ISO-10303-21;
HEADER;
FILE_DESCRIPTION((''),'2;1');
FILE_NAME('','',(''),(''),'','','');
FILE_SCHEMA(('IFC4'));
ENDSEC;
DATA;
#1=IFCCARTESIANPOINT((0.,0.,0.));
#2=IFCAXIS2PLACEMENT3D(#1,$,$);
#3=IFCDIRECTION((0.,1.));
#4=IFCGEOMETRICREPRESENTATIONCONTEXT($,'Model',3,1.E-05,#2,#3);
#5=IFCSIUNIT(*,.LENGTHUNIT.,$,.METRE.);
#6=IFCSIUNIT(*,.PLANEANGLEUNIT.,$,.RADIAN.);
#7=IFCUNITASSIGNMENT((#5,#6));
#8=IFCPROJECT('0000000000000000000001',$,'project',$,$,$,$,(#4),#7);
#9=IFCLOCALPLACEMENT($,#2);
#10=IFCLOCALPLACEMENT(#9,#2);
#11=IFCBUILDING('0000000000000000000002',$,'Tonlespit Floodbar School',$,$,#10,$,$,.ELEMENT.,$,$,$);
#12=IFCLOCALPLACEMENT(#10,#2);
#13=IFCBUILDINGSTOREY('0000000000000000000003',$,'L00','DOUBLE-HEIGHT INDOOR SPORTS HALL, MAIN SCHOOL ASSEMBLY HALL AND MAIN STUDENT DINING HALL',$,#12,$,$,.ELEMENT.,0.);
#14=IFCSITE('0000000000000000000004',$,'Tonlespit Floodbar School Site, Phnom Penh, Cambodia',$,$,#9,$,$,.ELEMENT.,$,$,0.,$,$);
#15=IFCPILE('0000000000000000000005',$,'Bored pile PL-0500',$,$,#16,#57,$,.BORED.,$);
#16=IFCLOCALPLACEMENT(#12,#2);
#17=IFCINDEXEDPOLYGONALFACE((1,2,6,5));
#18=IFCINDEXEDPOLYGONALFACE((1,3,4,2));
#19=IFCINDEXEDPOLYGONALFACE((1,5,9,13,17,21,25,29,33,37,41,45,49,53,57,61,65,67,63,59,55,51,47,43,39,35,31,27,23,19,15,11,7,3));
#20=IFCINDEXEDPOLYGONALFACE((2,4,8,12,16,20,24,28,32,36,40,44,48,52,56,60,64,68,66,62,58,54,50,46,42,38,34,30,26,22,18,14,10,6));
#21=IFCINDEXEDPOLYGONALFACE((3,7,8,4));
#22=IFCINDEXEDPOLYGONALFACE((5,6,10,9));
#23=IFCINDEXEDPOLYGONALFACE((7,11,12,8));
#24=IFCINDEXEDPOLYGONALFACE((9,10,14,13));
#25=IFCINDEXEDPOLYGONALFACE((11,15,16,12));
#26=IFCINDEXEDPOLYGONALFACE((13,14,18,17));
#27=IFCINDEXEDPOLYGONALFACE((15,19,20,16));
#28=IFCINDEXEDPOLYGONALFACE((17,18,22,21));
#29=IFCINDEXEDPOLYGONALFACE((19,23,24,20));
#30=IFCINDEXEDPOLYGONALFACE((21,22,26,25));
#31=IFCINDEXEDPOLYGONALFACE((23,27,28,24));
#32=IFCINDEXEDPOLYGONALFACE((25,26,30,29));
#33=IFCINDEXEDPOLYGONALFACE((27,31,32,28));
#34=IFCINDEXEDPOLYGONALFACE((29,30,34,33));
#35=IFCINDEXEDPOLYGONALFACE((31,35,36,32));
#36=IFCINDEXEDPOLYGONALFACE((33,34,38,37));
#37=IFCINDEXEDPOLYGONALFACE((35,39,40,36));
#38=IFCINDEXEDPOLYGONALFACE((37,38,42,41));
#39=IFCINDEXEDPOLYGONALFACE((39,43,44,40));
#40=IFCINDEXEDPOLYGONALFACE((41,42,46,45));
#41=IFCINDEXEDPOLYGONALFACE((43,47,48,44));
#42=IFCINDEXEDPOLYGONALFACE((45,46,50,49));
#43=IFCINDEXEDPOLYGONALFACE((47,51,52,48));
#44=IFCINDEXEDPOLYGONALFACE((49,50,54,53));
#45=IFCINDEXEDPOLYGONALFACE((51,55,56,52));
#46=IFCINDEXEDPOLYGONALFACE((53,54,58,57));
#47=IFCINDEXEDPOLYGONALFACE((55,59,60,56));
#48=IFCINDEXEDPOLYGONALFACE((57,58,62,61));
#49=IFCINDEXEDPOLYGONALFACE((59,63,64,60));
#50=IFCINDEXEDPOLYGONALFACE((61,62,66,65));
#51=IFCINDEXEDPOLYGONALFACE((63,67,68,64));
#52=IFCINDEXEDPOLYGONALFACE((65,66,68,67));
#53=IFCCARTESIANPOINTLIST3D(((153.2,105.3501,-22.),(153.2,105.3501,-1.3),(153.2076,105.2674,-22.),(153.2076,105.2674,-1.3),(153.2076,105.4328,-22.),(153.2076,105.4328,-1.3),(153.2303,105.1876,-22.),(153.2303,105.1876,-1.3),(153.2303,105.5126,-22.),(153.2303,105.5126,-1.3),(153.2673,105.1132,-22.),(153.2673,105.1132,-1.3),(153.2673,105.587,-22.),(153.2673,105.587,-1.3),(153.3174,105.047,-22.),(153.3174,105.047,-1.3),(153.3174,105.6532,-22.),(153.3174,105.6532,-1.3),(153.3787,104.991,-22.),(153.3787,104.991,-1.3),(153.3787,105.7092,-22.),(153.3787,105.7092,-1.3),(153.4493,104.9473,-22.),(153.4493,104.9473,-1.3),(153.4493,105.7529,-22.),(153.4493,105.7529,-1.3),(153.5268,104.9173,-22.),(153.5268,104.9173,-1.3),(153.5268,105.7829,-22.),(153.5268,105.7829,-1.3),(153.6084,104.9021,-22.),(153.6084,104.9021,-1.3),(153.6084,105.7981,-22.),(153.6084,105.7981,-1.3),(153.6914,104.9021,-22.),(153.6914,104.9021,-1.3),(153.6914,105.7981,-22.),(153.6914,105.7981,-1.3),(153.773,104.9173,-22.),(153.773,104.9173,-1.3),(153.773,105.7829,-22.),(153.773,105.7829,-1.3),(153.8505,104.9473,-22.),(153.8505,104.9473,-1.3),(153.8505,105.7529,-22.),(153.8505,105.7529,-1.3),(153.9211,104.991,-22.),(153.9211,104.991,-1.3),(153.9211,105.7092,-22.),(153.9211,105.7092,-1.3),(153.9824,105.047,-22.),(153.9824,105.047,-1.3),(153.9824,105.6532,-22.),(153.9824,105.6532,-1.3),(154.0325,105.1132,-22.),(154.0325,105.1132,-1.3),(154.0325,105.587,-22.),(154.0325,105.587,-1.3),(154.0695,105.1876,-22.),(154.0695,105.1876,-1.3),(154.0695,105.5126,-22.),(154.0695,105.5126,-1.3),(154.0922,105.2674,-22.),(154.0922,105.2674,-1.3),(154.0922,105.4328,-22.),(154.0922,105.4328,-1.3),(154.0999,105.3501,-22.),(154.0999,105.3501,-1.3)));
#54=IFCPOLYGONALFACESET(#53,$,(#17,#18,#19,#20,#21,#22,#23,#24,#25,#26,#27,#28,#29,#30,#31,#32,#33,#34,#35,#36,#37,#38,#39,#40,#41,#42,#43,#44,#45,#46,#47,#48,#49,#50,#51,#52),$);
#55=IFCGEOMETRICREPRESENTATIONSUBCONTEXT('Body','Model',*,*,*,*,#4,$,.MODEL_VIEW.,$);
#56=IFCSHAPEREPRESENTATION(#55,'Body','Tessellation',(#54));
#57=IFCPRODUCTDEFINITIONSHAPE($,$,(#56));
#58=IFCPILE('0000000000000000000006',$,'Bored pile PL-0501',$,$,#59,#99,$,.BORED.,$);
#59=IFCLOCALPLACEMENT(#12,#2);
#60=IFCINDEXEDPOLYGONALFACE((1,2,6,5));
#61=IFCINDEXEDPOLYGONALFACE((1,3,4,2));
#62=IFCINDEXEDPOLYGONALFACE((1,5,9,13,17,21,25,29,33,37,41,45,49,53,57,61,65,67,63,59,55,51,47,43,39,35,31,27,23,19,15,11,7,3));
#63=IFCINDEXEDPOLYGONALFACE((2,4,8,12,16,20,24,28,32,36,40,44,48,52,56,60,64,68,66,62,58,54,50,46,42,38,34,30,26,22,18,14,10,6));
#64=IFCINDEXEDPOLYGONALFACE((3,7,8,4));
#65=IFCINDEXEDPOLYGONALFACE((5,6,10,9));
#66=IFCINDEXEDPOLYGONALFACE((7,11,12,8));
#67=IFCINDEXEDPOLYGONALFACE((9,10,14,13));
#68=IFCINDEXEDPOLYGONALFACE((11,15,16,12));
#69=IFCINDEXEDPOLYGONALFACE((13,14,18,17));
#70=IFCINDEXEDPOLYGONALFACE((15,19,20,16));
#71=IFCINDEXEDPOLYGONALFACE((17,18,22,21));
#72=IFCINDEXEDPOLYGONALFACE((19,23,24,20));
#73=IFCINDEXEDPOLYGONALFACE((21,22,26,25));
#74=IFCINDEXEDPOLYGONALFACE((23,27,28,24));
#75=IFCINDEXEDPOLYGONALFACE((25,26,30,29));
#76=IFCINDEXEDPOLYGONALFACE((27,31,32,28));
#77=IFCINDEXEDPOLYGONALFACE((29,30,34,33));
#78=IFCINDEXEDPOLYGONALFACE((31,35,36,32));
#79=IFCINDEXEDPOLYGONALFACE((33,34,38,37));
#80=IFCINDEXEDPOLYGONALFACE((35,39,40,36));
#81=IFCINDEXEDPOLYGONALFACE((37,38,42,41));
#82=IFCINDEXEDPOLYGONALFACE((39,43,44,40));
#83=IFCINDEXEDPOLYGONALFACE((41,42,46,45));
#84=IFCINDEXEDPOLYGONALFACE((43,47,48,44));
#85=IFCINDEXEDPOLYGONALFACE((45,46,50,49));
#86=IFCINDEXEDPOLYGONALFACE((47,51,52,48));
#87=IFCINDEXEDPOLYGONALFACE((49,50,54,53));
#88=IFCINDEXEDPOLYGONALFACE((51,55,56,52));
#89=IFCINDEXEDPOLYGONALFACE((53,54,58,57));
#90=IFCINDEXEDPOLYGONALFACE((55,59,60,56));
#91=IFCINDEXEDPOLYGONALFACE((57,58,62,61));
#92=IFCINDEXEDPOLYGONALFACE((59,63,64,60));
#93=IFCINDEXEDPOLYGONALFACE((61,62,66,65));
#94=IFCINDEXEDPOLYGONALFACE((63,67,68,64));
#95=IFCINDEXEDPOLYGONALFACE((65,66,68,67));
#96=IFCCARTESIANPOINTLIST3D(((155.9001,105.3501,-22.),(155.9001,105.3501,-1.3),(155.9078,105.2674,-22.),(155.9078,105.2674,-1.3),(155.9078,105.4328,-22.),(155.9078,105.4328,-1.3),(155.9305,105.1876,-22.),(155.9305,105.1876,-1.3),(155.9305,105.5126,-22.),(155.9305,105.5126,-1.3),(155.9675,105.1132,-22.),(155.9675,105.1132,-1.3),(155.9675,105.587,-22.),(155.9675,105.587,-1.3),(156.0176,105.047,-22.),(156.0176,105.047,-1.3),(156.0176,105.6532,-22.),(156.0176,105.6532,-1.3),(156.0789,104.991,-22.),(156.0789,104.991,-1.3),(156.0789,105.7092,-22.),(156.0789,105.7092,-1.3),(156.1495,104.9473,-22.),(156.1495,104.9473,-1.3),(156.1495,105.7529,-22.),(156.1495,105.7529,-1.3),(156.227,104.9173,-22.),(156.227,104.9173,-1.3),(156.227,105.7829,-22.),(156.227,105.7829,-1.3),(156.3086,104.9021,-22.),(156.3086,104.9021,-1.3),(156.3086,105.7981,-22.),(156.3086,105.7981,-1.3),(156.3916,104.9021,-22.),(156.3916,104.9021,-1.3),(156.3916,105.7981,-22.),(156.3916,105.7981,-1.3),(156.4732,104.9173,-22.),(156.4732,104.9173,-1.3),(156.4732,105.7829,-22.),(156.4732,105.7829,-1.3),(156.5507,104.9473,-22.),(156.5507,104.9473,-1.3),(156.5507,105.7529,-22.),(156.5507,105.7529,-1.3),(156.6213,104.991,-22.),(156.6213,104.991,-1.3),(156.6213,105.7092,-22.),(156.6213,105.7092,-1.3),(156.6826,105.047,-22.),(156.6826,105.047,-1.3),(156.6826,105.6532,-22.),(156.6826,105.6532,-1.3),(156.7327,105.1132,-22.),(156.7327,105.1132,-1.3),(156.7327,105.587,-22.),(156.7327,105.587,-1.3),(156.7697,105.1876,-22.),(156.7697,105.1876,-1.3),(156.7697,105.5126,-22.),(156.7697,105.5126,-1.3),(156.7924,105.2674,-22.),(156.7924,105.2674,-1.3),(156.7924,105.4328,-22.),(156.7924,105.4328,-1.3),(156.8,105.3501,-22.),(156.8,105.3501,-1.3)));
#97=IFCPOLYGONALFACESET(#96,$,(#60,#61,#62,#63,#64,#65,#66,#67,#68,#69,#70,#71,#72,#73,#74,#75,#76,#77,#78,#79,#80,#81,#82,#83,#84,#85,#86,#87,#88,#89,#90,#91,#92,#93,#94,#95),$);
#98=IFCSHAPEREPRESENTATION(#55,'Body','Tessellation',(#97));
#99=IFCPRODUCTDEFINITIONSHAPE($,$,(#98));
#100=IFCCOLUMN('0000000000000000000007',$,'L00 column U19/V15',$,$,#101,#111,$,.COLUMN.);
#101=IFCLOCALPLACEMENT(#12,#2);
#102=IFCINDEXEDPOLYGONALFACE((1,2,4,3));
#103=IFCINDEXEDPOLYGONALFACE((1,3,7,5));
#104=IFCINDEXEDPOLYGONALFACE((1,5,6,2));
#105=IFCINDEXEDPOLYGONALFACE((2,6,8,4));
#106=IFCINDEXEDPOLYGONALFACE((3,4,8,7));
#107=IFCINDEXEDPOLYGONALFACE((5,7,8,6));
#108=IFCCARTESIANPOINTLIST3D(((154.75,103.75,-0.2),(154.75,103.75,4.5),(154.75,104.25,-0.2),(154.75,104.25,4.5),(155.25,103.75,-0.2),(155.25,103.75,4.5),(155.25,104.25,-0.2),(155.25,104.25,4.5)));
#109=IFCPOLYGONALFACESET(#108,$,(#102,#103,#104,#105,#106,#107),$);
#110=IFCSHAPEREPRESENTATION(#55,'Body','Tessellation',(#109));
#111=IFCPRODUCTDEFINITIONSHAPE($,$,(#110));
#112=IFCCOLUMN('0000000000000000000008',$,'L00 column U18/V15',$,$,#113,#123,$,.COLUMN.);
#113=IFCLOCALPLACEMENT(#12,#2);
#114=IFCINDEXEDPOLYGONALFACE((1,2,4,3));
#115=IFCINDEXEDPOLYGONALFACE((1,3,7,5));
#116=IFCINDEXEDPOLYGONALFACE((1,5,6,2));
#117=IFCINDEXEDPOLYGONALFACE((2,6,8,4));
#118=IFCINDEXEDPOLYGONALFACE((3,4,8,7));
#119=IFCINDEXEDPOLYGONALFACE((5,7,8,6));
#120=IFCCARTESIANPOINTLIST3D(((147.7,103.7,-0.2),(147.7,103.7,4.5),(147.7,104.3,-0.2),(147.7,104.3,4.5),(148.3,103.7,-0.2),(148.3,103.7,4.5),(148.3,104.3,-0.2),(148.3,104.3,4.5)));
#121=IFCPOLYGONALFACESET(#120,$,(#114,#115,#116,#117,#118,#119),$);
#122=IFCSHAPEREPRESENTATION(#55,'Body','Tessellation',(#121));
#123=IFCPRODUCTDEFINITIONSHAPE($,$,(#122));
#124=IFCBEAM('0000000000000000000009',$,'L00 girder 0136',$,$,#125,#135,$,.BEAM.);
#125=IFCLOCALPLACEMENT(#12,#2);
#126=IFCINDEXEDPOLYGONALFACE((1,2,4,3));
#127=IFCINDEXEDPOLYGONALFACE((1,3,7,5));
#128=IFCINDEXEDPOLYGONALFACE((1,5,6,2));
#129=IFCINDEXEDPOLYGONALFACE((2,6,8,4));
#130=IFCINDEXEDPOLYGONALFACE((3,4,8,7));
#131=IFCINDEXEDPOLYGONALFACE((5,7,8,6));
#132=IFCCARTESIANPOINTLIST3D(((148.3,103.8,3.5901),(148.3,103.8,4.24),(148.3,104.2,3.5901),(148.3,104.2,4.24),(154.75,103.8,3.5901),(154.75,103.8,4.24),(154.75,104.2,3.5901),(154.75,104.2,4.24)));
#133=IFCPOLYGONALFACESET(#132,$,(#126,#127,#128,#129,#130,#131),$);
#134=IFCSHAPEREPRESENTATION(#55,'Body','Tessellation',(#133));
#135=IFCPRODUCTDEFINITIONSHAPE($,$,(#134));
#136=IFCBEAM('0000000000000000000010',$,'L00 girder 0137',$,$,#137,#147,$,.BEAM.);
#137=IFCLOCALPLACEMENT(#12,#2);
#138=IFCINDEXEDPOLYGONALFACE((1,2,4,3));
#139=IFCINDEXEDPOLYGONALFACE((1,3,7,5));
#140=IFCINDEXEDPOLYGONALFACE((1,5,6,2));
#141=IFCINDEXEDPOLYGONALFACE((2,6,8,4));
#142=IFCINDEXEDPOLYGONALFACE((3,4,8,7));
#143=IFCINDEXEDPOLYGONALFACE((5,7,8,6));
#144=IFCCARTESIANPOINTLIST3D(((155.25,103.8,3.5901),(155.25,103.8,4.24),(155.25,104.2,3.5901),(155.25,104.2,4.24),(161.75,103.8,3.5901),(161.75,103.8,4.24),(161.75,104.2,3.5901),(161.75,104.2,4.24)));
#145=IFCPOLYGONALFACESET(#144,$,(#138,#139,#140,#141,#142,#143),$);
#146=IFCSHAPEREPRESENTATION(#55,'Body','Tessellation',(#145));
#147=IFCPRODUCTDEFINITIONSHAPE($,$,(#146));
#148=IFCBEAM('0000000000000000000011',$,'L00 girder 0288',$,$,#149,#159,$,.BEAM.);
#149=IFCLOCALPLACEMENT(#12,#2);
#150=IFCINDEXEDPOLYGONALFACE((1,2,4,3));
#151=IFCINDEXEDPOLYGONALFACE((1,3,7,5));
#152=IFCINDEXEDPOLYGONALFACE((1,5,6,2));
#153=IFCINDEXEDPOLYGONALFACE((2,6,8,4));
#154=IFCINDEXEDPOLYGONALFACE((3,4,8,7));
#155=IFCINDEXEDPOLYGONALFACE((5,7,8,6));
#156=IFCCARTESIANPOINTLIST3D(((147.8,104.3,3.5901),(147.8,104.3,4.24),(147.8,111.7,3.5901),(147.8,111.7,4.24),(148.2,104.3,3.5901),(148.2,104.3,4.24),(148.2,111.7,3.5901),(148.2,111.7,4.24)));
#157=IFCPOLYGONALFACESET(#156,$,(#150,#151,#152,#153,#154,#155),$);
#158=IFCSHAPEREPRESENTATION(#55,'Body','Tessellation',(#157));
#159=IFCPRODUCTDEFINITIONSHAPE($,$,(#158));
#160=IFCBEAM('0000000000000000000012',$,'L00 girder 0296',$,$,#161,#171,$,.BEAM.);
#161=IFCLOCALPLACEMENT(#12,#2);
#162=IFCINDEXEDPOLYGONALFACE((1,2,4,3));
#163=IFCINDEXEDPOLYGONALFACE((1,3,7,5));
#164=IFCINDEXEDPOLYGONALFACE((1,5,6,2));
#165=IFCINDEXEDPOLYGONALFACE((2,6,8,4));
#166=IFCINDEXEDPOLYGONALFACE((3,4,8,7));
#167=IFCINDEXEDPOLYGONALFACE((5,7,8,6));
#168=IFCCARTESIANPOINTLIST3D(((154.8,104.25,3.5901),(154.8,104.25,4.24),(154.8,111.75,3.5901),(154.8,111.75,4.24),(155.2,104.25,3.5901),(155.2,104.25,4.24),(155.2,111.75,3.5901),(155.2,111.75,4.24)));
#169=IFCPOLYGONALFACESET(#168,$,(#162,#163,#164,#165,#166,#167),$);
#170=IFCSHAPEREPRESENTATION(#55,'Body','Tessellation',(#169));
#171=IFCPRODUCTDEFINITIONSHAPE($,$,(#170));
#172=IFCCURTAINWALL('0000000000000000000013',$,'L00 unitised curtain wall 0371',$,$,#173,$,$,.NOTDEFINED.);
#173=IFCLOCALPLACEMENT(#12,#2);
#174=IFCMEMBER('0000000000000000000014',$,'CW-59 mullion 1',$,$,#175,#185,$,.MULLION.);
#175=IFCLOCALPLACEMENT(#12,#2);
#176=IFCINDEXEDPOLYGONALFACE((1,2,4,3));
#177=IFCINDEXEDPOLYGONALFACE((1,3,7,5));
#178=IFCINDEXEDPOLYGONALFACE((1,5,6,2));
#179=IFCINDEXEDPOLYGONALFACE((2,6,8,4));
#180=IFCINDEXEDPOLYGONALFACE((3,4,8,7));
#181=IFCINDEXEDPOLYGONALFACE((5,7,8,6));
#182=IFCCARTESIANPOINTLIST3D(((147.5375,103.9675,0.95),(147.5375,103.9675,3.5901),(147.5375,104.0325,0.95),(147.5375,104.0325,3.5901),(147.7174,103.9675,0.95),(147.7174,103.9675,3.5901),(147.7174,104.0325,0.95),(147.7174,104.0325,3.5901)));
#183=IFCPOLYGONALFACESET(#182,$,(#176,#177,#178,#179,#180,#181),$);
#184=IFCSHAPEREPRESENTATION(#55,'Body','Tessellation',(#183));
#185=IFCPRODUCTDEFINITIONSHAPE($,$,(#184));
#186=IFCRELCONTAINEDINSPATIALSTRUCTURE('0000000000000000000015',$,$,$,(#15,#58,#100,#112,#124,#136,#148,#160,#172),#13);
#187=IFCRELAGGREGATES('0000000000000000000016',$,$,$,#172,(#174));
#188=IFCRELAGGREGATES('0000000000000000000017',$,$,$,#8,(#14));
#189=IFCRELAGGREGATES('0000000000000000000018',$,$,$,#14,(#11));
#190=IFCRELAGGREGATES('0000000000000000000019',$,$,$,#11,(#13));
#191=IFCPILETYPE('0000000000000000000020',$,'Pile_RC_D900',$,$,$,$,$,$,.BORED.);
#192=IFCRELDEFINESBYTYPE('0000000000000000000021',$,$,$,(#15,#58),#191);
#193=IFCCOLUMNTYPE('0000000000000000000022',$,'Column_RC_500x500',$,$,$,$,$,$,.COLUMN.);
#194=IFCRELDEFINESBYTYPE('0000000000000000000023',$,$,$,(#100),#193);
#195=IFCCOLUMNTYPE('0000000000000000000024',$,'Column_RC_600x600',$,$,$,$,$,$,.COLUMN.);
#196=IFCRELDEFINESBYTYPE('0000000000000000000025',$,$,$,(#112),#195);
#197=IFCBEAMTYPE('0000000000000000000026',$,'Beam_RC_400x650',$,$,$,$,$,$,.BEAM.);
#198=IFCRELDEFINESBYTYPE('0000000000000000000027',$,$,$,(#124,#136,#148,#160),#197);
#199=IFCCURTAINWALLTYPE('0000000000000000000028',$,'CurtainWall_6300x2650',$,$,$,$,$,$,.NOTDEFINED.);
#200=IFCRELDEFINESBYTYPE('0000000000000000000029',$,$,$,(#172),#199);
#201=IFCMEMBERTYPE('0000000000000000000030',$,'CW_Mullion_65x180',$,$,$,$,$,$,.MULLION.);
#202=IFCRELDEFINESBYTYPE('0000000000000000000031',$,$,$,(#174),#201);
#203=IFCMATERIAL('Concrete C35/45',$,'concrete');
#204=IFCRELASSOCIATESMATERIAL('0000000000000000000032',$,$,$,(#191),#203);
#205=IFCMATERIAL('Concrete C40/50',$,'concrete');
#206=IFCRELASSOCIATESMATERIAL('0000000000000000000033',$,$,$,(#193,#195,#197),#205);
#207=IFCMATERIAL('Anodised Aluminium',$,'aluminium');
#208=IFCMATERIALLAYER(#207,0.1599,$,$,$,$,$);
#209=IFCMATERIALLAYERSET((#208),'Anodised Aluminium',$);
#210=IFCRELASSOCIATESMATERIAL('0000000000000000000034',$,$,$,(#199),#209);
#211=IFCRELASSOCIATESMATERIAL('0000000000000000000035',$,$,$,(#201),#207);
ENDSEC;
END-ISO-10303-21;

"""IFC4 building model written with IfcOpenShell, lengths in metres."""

from ifc_helpers import new_model, si_unit, direction, frame, origin, origin_2d, place, context, subcontext, project, spatial, rectangle, circle, extrude, material, layer, layer_set, material_profile, profile_set, type_object, element, aggregate, save


model = new_model("IFC4")

# Units and contexts
model_context = context("Model", 3, precision=1e-05, world=origin(), true_north=direction((0.0, 1.0)))
body_context = subcontext(model_context, "Body", "Model", "MODEL_VIEW")
ifc_project = project(units=[si_unit("LENGTHUNIT", "METRE"), si_unit("PLANEANGLEUNIT", "RADIAN")], contexts=[model_context])

# Site, building, storey
site_placement = place(None, origin())
site = spatial("IfcSite", under=ifc_project, at=site_placement, Name="Tonlespit Floodbar School Site, Phnom Penh, Cambodia", CompositionType="ELEMENT", RefElevation=0.0)
building_placement = place(site_placement, origin())
building = spatial("IfcBuilding", under=site, at=building_placement, Name="Tonlespit Floodbar School", CompositionType="ELEMENT")
storey_placement = place(building_placement, origin())
storey = spatial("IfcBuildingStorey", under=building, at=storey_placement, Name="L00", Description="DOUBLE-HEIGHT INDOOR SPORTS HALL, MAIN SCHOOL ASSEMBLY HALL AND MAIN STUDENT DINING HALL", CompositionType="ELEMENT", Elevation=0.0)

# Shared definitions
ifc_material_1 = material(Name="Concrete C40/50", Category="concrete")

# Piles
ifc_material_2 = material(Name="Concrete C35/45", Category="concrete")
ifc_material_profile_1 = material_profile(ifc_material_2, circle(Radius=0.45, at=origin_2d()), Name="BP D900")
ifc_profile_set_1 = profile_set([ifc_material_profile_1], Name="Concrete C35/45")
pile_type_1 = type_object("IfcPileType", Name="Pile_RC_D900", PredefinedType="BORED", material=ifc_profile_set_1)
for number, where, z_axis, x_axis, name in (
    (1, (153.6499, 105.3501, -1.3), (0.0, 0.0, -1.0), (1.0, 0.0, 0.0), "Bored pile PL-0500"),
    (2, (156.3501, 105.3501, -1.3), (0.0, 0.0, -1.0), (1.0, 0.0, 0.0), "Bored pile PL-0501"),
):
    element("IfcPile", number, at=place(storey_placement, frame(where, z_axis=z_axis, x_axis=x_axis)), inside=storey, type_object=pile_type_1, Name=name, PredefinedType="BORED", context=body_context, shape_type="SweptSolid", body=[
        extrude(circle(Radius=0.45, at=origin_2d()), origin(), (0.0, 0.0, 1.0), 20.7),
    ])

# Columns
ifc_material_profile_2 = material_profile(ifc_material_1, rectangle(XDim=0.5, YDim=0.5, at=origin_2d()), Name="RC 500x500")
ifc_profile_set_2 = profile_set([ifc_material_profile_2], Name="Concrete C40/50")
column_type_1 = type_object("IfcColumnType", Name="Column_RC_500x500", PredefinedType="COLUMN", material=ifc_profile_set_2)
column_1_placement = place(storey_placement, frame((155.0, 104.0, -0.2), z_axis=(0.0, 0.0, 1.0), x_axis=(1.0, 0.0, 0.0)))
element("IfcColumn", 3, at=column_1_placement, inside=storey, type_object=column_type_1, Name="L00 column U19/V15", PredefinedType="COLUMN", context=body_context, shape_type="SweptSolid", body=[
    extrude(rectangle(XDim=0.5, YDim=0.5, at=origin_2d()), origin(), (0.0, 0.0, 1.0), 4.7),
])
ifc_material_profile_3 = material_profile(ifc_material_1, rectangle(XDim=0.6001, YDim=0.6001, at=origin_2d()), Name="RC 600x600")
ifc_profile_set_3 = profile_set([ifc_material_profile_3], Name="Concrete C40/50")
column_type_2 = type_object("IfcColumnType", Name="Column_RC_600x600", PredefinedType="COLUMN", material=ifc_profile_set_3)
column_2_placement = place(storey_placement, frame((148.0, 104.0, -0.2), z_axis=(0.0, 0.0, 1.0), x_axis=(1.0, 0.0, 0.0)))
element("IfcColumn", 4, at=column_2_placement, inside=storey, type_object=column_type_2, Name="L00 column U18/V15", PredefinedType="COLUMN", context=body_context, shape_type="SweptSolid", body=[
    extrude(rectangle(XDim=0.6001, YDim=0.6001, at=origin_2d()), origin(), (0.0, 0.0, 1.0), 4.7),
])

# Beams
ifc_material_profile_4 = material_profile(ifc_material_1, rectangle(XDim=0.3999, YDim=0.6499, at=origin_2d()), Name="RC 400x650")
ifc_profile_set_4 = profile_set([ifc_material_profile_4], Name="Concrete C40/50")
beam_type_1 = type_object("IfcBeamType", Name="Beam_RC_400x650", PredefinedType="BEAM", material=ifc_profile_set_4)
beam_1_placement = place(storey_placement, frame((148.3, 104.0, 3.915), z_axis=(1.0, 0.0, 0.0), x_axis=(0.0, 1.0, 0.0)))
element("IfcBeam", 5, at=beam_1_placement, inside=storey, type_object=beam_type_1, Name="L00 girder 0136", PredefinedType="BEAM", context=body_context, shape_type="SweptSolid", body=[
    extrude(rectangle(XDim=0.3999, YDim=0.6499, at=origin_2d()), origin(), (0.0, 0.0, 1.0), 6.45),
])
beam_2_placement = place(storey_placement, frame((155.25, 104.0, 3.915), z_axis=(1.0, 0.0, 0.0), x_axis=(0.0, 1.0, 0.0)))
element("IfcBeam", 6, at=beam_2_placement, inside=storey, type_object=beam_type_1, Name="L00 girder 0137", PredefinedType="BEAM", context=body_context, shape_type="SweptSolid", body=[
    extrude(rectangle(XDim=0.3999, YDim=0.6499, at=origin_2d()), origin(), (0.0, 0.0, 1.0), 6.5),
])
beam_3_placement = place(storey_placement, frame((148.0, 104.3, 3.915), z_axis=(0.0, 1.0, 0.0), x_axis=(-1.0, 0.0, 0.0)))
element("IfcBeam", 7, at=beam_3_placement, inside=storey, type_object=beam_type_1, Name="L00 girder 0288", PredefinedType="BEAM", context=body_context, shape_type="SweptSolid", body=[
    extrude(rectangle(XDim=0.3999, YDim=0.6499, at=origin_2d()), origin(), (0.0, 0.0, 1.0), 7.3999),
])
beam_4_placement = place(storey_placement, frame((155.0, 104.25, 3.915), z_axis=(0.0, 1.0, 0.0), x_axis=(-1.0, 0.0, 0.0)))
element("IfcBeam", 8, at=beam_4_placement, inside=storey, type_object=beam_type_1, Name="L00 girder 0296", PredefinedType="BEAM", context=body_context, shape_type="SweptSolid", body=[
    extrude(rectangle(XDim=0.3999, YDim=0.6499, at=origin_2d()), origin(), (0.0, 0.0, 1.0), 7.5),
])

# Curtain wall, member
ifc_material_3 = material(Name="Anodised Aluminium", Category="aluminium")
ifc_layer_1 = layer(ifc_material_3, 0.1599)
ifc_layer_set_1 = layer_set([ifc_layer_1], Name="Anodised Aluminium")
curtain_wall_type = type_object("IfcCurtainWallType", Name="CurtainWall_6300x2650", PredefinedType="NOTDEFINED", material=ifc_layer_set_1)
curtain_wall_placement = place(storey_placement, origin())
curtain_wall = element("IfcCurtainWall", 9, at=curtain_wall_placement, inside=storey, type_object=curtain_wall_type, Name="L00 unitised curtain wall 0371", PredefinedType="NOTDEFINED")
ifc_material_profile_5 = material_profile(ifc_material_3, rectangle(XDim=0.0649, YDim=0.1799, at=origin_2d()), Name="ALU M65x180")
ifc_profile_set_5 = profile_set([ifc_material_profile_5], Name="Anodised Aluminium")
member_type_1 = type_object("IfcMemberType", Name="CW_Mullion_65x180", PredefinedType="MULLION", material=ifc_profile_set_5)
member_1_placement = place(storey_placement, frame((147.6274, 104.0, 0.95), z_axis=(0.0, 0.0, 1.0), x_axis=(0.0, -1.0, 0.0)))
member_1 = element("IfcMember", 10, at=member_1_placement, type_object=member_type_1, Name="CW-59 mullion 1", PredefinedType="MULLION", context=body_context, shape_type="SweptSolid", body=[
    extrude(rectangle(XDim=0.0649, YDim=0.1799, at=origin_2d()), origin(), (0.0, 0.0, 1.0), 2.6401),
])

aggregate(curtain_wall, [member_1])

save(model, "model.ifc")
